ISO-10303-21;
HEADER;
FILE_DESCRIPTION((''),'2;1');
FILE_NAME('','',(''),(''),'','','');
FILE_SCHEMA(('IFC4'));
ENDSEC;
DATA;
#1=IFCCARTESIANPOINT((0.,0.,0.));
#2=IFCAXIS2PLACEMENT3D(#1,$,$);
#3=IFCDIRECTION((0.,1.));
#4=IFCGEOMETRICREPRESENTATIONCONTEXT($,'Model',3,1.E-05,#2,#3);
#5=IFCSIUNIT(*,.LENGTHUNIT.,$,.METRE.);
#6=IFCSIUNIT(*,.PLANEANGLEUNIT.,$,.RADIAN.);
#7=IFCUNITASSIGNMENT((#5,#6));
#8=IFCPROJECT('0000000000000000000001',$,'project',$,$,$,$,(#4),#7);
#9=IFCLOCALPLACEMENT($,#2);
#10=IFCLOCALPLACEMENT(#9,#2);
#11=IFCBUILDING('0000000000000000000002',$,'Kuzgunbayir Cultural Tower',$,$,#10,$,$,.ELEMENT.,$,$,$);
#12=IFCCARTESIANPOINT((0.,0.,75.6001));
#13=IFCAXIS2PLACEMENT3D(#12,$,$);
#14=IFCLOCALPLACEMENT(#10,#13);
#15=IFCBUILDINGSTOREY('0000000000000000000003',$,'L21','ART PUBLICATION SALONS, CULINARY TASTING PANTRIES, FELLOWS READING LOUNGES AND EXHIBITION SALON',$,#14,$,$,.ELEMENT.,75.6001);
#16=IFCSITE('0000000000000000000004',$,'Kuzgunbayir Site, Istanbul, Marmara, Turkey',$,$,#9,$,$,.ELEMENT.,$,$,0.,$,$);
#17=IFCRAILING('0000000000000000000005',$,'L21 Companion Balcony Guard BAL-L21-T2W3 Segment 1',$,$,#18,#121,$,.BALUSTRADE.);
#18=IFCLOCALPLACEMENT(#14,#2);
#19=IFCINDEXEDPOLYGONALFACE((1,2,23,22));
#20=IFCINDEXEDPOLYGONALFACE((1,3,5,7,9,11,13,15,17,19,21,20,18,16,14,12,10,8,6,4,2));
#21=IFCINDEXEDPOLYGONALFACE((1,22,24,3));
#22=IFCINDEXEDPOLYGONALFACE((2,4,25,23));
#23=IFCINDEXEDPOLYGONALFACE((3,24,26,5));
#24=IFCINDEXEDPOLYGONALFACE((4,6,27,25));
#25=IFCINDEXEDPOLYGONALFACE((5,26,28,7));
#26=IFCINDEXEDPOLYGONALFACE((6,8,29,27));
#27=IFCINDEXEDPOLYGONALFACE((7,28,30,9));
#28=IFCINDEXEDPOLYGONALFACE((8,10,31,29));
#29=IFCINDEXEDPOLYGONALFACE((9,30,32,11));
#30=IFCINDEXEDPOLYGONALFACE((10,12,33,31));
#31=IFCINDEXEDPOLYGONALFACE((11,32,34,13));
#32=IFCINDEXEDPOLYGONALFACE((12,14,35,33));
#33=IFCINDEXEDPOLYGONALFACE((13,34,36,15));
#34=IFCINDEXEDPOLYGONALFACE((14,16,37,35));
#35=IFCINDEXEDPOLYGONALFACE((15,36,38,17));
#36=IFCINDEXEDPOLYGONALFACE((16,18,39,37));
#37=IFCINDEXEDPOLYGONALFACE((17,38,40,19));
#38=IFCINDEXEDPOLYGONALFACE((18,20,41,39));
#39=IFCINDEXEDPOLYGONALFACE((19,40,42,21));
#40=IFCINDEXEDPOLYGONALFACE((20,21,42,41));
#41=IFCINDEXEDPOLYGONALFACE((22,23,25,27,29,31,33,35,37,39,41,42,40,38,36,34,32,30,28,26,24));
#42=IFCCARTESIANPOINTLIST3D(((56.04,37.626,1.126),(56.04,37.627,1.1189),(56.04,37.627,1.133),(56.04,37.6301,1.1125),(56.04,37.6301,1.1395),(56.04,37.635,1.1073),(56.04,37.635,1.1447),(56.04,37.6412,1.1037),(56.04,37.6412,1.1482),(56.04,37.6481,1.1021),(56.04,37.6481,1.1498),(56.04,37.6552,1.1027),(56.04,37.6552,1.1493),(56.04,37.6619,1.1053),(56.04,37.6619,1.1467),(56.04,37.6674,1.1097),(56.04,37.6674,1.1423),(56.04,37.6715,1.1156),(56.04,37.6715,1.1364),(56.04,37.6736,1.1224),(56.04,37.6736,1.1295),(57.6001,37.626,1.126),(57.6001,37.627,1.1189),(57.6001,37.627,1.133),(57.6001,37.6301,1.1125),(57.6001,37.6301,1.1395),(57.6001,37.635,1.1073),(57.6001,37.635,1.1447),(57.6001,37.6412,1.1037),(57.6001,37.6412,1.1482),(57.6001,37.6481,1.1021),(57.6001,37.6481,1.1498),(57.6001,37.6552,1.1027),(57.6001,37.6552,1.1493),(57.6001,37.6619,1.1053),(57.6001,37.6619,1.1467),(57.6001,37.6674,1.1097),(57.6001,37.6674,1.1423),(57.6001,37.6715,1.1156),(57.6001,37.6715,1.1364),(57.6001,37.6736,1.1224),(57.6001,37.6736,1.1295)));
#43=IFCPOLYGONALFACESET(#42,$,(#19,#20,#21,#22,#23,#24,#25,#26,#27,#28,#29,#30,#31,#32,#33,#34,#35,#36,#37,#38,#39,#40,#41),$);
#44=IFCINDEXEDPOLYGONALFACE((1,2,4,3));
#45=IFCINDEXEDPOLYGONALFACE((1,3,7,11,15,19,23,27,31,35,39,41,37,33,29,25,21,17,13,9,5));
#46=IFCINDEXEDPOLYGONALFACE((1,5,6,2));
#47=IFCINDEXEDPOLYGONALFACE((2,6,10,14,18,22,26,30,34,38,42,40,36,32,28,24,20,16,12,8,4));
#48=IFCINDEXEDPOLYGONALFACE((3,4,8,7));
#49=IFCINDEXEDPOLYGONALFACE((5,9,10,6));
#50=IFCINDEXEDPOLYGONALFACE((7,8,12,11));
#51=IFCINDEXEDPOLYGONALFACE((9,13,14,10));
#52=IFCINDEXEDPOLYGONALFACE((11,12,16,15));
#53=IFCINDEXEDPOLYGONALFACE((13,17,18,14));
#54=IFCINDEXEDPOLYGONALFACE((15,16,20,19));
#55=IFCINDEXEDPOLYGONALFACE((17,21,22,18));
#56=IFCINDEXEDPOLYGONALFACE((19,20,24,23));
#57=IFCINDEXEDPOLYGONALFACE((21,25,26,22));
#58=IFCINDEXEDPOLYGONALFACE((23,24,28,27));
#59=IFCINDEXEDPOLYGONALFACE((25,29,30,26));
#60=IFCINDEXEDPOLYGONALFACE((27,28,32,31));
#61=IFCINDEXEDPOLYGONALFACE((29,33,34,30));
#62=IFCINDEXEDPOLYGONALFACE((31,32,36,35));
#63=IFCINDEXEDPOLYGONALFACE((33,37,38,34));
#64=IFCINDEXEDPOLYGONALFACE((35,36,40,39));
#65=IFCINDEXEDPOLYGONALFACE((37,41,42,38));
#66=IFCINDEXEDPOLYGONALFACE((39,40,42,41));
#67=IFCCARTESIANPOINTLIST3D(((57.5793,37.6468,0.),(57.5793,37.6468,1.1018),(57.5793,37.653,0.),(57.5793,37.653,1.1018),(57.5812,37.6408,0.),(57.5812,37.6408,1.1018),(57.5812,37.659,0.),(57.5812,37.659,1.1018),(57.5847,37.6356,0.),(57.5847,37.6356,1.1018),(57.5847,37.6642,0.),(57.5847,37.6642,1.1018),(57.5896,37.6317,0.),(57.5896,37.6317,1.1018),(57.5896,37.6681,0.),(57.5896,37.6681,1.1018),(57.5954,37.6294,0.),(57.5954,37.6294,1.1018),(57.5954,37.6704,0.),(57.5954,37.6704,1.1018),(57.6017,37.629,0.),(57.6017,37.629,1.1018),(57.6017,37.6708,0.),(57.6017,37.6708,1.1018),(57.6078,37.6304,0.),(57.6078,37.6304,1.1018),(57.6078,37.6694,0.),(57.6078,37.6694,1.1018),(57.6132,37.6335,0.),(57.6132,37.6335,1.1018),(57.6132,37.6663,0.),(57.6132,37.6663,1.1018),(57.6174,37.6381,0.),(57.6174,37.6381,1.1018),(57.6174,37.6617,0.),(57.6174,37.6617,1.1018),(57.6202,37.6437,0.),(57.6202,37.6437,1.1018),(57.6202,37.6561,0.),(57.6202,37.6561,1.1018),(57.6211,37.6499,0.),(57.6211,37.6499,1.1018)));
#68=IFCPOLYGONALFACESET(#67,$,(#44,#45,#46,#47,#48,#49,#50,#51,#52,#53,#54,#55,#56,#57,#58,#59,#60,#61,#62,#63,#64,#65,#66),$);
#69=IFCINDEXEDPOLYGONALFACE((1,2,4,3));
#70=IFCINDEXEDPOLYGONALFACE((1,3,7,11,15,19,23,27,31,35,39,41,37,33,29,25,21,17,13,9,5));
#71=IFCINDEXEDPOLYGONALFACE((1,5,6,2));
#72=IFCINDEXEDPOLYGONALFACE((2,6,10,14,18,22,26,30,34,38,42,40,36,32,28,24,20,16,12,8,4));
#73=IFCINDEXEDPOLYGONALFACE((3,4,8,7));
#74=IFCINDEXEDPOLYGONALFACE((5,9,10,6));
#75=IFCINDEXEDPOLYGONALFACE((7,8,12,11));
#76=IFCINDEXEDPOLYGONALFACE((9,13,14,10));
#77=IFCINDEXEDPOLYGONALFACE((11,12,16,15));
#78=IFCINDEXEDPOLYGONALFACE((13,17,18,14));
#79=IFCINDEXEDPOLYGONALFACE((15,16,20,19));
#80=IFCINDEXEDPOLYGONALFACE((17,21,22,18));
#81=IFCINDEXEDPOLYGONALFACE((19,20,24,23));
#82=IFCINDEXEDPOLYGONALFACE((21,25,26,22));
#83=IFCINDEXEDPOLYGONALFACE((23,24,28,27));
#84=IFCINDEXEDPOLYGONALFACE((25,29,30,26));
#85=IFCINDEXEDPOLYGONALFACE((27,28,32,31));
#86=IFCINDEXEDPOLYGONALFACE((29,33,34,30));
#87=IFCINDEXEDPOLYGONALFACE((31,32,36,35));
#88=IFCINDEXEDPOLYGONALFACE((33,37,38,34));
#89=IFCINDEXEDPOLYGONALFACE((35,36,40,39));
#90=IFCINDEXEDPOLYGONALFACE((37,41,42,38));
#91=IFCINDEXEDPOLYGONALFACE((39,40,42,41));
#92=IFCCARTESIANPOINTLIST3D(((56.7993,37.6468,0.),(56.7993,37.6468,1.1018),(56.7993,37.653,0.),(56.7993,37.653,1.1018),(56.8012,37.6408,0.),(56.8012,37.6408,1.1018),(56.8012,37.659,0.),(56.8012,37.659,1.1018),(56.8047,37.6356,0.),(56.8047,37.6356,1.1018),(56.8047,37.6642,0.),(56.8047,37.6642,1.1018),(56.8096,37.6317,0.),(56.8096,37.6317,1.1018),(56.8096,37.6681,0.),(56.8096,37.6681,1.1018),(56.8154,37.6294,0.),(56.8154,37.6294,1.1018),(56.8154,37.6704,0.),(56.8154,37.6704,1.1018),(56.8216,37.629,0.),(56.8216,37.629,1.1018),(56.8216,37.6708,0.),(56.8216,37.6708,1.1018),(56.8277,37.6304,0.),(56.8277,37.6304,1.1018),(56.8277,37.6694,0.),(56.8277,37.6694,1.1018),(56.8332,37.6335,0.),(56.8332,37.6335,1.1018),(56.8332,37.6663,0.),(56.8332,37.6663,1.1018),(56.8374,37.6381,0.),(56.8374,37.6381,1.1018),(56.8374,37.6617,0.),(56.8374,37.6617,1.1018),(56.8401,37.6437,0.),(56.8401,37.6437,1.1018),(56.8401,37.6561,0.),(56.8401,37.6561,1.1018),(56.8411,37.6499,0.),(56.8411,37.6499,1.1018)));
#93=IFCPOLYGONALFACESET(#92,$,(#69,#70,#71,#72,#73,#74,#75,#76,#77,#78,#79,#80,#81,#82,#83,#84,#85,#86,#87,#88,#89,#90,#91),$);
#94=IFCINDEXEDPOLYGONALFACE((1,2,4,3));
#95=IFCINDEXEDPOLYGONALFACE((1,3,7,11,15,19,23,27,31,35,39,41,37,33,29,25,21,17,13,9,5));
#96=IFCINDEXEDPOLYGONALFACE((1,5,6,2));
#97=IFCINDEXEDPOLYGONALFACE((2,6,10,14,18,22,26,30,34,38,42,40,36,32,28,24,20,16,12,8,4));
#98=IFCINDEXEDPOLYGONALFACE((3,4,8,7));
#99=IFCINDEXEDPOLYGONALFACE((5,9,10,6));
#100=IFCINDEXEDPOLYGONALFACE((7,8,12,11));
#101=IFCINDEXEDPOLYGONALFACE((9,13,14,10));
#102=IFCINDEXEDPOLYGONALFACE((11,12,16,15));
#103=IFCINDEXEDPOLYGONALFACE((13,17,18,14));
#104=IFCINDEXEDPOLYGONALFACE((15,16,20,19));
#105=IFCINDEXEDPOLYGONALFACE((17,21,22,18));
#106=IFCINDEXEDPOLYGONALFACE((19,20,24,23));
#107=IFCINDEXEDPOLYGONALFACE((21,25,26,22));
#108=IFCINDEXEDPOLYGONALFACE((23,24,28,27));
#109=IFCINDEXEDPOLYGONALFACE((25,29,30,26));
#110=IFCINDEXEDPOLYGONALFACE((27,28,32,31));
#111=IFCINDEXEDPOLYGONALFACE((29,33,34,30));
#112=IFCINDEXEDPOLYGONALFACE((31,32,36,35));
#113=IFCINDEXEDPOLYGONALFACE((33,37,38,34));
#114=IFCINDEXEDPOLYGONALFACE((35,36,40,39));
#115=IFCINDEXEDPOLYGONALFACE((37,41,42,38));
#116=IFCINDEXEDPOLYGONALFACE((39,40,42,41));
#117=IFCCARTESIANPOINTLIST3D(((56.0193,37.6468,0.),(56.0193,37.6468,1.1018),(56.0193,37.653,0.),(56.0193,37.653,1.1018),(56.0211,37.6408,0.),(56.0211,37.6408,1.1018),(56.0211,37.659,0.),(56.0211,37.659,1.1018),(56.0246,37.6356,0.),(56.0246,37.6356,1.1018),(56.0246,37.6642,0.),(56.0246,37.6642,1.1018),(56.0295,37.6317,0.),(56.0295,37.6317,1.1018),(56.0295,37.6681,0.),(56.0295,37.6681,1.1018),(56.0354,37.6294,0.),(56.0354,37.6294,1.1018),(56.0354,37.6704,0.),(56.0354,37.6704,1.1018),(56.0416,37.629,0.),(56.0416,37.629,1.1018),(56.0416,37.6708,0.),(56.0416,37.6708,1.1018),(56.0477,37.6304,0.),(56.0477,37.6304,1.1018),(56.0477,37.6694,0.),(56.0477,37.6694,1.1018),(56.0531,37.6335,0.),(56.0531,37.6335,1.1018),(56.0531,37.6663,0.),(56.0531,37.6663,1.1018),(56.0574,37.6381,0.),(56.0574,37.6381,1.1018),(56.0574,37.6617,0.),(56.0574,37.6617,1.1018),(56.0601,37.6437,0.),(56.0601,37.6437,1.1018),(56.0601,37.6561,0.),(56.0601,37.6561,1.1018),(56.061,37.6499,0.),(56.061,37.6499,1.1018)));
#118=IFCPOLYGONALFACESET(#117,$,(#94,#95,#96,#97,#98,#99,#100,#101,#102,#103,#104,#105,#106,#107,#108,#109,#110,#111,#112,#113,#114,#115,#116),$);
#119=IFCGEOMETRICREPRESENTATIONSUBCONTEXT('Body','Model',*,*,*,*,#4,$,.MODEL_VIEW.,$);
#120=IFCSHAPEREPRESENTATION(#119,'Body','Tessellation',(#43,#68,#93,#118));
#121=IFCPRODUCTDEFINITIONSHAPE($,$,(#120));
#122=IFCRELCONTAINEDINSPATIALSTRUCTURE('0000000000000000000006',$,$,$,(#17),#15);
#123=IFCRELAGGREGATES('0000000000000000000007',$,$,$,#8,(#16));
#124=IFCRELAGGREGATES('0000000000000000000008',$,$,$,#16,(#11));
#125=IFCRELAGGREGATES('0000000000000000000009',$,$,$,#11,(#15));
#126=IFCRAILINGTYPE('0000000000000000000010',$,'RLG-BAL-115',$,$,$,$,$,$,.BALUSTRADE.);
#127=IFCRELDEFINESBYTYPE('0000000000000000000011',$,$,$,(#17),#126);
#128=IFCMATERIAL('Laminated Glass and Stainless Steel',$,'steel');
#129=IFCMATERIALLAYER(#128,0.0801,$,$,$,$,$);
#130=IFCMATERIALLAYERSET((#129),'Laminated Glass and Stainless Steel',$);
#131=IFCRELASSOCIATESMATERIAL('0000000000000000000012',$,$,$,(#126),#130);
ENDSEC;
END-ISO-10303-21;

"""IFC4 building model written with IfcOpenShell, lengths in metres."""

from ifc_helpers import new_model, si_unit, direction, frame, origin, origin_2d, place, context, subcontext, project, spatial, circle, extrude, material, layer, layer_set, type_object, element, save


model = new_model("IFC4")

# Units and contexts
model_context = context("Model", 3, precision=1e-05, world=origin(), true_north=direction((0.0, 1.0)))
body_context = subcontext(model_context, "Body", "Model", "MODEL_VIEW")
ifc_project = project(units=[si_unit("LENGTHUNIT", "METRE"), si_unit("PLANEANGLEUNIT", "RADIAN")], contexts=[model_context])

# Site, building, storey
site_placement = place(None, origin())
site = spatial("IfcSite", under=ifc_project, at=site_placement, Name="Kuzgunbayir Site, Istanbul, Marmara, Turkey", CompositionType="ELEMENT", RefElevation=0.0)
building_placement = place(site_placement, origin())
building = spatial("IfcBuilding", under=site, at=building_placement, Name="Kuzgunbayir Cultural Tower", CompositionType="ELEMENT")
storey_placement = place(building_placement, frame((0.0, 0.0, 75.6001)))
storey = spatial("IfcBuildingStorey", under=building, at=storey_placement, Name="L21", Description="ART PUBLICATION SALONS, CULINARY TASTING PANTRIES, FELLOWS READING LOUNGES AND EXHIBITION SALON", CompositionType="ELEMENT", Elevation=75.6001)

# Railing
ifc_material_1 = material(Name="Laminated Glass and Stainless Steel", Category="steel")
ifc_layer_1 = layer(ifc_material_1, 0.0801)
ifc_layer_set_1 = layer_set([ifc_layer_1], Name="Laminated Glass and Stainless Steel")
railing_type = type_object("IfcRailingType", Name="RLG-BAL-115", PredefinedType="BALUSTRADE", material=ifc_layer_set_1)
railing_1_placement = place(storey_placement, frame((57.6001, 37.6499, 0.0)))
element("IfcRailing", 1, at=railing_1_placement, inside=storey, type_object=railing_type, Name="L21 Companion Balcony Guard BAL-L21-T2W3 Segment 1", PredefinedType="BALUSTRADE", context=body_context, shape_type="SweptSolid", body=[
    extrude(circle(Radius=0.0239, at=origin_2d()), frame((0.0, 0.0, 1.126), z_axis=(-1.0, 0.0, 0.0), x_axis=(0.0, -1.0, 0.0)), (0.0, 0.0, 1.0), 1.5601),
    extrude(circle(Radius=0.021, at=origin_2d()), origin(), (0.0, 0.0, 1.0), 1.1018),
    extrude(circle(Radius=0.021, at=origin_2d()), frame((-0.78, 0.0, 0.0)), (0.0, 0.0, 1.0), 1.1018),
    extrude(circle(Radius=0.021, at=origin_2d()), frame((-1.5601, 0.0, 0.0)), (0.0, 0.0, 1.0), 1.1018),
])

save(model, "model.ifc")
